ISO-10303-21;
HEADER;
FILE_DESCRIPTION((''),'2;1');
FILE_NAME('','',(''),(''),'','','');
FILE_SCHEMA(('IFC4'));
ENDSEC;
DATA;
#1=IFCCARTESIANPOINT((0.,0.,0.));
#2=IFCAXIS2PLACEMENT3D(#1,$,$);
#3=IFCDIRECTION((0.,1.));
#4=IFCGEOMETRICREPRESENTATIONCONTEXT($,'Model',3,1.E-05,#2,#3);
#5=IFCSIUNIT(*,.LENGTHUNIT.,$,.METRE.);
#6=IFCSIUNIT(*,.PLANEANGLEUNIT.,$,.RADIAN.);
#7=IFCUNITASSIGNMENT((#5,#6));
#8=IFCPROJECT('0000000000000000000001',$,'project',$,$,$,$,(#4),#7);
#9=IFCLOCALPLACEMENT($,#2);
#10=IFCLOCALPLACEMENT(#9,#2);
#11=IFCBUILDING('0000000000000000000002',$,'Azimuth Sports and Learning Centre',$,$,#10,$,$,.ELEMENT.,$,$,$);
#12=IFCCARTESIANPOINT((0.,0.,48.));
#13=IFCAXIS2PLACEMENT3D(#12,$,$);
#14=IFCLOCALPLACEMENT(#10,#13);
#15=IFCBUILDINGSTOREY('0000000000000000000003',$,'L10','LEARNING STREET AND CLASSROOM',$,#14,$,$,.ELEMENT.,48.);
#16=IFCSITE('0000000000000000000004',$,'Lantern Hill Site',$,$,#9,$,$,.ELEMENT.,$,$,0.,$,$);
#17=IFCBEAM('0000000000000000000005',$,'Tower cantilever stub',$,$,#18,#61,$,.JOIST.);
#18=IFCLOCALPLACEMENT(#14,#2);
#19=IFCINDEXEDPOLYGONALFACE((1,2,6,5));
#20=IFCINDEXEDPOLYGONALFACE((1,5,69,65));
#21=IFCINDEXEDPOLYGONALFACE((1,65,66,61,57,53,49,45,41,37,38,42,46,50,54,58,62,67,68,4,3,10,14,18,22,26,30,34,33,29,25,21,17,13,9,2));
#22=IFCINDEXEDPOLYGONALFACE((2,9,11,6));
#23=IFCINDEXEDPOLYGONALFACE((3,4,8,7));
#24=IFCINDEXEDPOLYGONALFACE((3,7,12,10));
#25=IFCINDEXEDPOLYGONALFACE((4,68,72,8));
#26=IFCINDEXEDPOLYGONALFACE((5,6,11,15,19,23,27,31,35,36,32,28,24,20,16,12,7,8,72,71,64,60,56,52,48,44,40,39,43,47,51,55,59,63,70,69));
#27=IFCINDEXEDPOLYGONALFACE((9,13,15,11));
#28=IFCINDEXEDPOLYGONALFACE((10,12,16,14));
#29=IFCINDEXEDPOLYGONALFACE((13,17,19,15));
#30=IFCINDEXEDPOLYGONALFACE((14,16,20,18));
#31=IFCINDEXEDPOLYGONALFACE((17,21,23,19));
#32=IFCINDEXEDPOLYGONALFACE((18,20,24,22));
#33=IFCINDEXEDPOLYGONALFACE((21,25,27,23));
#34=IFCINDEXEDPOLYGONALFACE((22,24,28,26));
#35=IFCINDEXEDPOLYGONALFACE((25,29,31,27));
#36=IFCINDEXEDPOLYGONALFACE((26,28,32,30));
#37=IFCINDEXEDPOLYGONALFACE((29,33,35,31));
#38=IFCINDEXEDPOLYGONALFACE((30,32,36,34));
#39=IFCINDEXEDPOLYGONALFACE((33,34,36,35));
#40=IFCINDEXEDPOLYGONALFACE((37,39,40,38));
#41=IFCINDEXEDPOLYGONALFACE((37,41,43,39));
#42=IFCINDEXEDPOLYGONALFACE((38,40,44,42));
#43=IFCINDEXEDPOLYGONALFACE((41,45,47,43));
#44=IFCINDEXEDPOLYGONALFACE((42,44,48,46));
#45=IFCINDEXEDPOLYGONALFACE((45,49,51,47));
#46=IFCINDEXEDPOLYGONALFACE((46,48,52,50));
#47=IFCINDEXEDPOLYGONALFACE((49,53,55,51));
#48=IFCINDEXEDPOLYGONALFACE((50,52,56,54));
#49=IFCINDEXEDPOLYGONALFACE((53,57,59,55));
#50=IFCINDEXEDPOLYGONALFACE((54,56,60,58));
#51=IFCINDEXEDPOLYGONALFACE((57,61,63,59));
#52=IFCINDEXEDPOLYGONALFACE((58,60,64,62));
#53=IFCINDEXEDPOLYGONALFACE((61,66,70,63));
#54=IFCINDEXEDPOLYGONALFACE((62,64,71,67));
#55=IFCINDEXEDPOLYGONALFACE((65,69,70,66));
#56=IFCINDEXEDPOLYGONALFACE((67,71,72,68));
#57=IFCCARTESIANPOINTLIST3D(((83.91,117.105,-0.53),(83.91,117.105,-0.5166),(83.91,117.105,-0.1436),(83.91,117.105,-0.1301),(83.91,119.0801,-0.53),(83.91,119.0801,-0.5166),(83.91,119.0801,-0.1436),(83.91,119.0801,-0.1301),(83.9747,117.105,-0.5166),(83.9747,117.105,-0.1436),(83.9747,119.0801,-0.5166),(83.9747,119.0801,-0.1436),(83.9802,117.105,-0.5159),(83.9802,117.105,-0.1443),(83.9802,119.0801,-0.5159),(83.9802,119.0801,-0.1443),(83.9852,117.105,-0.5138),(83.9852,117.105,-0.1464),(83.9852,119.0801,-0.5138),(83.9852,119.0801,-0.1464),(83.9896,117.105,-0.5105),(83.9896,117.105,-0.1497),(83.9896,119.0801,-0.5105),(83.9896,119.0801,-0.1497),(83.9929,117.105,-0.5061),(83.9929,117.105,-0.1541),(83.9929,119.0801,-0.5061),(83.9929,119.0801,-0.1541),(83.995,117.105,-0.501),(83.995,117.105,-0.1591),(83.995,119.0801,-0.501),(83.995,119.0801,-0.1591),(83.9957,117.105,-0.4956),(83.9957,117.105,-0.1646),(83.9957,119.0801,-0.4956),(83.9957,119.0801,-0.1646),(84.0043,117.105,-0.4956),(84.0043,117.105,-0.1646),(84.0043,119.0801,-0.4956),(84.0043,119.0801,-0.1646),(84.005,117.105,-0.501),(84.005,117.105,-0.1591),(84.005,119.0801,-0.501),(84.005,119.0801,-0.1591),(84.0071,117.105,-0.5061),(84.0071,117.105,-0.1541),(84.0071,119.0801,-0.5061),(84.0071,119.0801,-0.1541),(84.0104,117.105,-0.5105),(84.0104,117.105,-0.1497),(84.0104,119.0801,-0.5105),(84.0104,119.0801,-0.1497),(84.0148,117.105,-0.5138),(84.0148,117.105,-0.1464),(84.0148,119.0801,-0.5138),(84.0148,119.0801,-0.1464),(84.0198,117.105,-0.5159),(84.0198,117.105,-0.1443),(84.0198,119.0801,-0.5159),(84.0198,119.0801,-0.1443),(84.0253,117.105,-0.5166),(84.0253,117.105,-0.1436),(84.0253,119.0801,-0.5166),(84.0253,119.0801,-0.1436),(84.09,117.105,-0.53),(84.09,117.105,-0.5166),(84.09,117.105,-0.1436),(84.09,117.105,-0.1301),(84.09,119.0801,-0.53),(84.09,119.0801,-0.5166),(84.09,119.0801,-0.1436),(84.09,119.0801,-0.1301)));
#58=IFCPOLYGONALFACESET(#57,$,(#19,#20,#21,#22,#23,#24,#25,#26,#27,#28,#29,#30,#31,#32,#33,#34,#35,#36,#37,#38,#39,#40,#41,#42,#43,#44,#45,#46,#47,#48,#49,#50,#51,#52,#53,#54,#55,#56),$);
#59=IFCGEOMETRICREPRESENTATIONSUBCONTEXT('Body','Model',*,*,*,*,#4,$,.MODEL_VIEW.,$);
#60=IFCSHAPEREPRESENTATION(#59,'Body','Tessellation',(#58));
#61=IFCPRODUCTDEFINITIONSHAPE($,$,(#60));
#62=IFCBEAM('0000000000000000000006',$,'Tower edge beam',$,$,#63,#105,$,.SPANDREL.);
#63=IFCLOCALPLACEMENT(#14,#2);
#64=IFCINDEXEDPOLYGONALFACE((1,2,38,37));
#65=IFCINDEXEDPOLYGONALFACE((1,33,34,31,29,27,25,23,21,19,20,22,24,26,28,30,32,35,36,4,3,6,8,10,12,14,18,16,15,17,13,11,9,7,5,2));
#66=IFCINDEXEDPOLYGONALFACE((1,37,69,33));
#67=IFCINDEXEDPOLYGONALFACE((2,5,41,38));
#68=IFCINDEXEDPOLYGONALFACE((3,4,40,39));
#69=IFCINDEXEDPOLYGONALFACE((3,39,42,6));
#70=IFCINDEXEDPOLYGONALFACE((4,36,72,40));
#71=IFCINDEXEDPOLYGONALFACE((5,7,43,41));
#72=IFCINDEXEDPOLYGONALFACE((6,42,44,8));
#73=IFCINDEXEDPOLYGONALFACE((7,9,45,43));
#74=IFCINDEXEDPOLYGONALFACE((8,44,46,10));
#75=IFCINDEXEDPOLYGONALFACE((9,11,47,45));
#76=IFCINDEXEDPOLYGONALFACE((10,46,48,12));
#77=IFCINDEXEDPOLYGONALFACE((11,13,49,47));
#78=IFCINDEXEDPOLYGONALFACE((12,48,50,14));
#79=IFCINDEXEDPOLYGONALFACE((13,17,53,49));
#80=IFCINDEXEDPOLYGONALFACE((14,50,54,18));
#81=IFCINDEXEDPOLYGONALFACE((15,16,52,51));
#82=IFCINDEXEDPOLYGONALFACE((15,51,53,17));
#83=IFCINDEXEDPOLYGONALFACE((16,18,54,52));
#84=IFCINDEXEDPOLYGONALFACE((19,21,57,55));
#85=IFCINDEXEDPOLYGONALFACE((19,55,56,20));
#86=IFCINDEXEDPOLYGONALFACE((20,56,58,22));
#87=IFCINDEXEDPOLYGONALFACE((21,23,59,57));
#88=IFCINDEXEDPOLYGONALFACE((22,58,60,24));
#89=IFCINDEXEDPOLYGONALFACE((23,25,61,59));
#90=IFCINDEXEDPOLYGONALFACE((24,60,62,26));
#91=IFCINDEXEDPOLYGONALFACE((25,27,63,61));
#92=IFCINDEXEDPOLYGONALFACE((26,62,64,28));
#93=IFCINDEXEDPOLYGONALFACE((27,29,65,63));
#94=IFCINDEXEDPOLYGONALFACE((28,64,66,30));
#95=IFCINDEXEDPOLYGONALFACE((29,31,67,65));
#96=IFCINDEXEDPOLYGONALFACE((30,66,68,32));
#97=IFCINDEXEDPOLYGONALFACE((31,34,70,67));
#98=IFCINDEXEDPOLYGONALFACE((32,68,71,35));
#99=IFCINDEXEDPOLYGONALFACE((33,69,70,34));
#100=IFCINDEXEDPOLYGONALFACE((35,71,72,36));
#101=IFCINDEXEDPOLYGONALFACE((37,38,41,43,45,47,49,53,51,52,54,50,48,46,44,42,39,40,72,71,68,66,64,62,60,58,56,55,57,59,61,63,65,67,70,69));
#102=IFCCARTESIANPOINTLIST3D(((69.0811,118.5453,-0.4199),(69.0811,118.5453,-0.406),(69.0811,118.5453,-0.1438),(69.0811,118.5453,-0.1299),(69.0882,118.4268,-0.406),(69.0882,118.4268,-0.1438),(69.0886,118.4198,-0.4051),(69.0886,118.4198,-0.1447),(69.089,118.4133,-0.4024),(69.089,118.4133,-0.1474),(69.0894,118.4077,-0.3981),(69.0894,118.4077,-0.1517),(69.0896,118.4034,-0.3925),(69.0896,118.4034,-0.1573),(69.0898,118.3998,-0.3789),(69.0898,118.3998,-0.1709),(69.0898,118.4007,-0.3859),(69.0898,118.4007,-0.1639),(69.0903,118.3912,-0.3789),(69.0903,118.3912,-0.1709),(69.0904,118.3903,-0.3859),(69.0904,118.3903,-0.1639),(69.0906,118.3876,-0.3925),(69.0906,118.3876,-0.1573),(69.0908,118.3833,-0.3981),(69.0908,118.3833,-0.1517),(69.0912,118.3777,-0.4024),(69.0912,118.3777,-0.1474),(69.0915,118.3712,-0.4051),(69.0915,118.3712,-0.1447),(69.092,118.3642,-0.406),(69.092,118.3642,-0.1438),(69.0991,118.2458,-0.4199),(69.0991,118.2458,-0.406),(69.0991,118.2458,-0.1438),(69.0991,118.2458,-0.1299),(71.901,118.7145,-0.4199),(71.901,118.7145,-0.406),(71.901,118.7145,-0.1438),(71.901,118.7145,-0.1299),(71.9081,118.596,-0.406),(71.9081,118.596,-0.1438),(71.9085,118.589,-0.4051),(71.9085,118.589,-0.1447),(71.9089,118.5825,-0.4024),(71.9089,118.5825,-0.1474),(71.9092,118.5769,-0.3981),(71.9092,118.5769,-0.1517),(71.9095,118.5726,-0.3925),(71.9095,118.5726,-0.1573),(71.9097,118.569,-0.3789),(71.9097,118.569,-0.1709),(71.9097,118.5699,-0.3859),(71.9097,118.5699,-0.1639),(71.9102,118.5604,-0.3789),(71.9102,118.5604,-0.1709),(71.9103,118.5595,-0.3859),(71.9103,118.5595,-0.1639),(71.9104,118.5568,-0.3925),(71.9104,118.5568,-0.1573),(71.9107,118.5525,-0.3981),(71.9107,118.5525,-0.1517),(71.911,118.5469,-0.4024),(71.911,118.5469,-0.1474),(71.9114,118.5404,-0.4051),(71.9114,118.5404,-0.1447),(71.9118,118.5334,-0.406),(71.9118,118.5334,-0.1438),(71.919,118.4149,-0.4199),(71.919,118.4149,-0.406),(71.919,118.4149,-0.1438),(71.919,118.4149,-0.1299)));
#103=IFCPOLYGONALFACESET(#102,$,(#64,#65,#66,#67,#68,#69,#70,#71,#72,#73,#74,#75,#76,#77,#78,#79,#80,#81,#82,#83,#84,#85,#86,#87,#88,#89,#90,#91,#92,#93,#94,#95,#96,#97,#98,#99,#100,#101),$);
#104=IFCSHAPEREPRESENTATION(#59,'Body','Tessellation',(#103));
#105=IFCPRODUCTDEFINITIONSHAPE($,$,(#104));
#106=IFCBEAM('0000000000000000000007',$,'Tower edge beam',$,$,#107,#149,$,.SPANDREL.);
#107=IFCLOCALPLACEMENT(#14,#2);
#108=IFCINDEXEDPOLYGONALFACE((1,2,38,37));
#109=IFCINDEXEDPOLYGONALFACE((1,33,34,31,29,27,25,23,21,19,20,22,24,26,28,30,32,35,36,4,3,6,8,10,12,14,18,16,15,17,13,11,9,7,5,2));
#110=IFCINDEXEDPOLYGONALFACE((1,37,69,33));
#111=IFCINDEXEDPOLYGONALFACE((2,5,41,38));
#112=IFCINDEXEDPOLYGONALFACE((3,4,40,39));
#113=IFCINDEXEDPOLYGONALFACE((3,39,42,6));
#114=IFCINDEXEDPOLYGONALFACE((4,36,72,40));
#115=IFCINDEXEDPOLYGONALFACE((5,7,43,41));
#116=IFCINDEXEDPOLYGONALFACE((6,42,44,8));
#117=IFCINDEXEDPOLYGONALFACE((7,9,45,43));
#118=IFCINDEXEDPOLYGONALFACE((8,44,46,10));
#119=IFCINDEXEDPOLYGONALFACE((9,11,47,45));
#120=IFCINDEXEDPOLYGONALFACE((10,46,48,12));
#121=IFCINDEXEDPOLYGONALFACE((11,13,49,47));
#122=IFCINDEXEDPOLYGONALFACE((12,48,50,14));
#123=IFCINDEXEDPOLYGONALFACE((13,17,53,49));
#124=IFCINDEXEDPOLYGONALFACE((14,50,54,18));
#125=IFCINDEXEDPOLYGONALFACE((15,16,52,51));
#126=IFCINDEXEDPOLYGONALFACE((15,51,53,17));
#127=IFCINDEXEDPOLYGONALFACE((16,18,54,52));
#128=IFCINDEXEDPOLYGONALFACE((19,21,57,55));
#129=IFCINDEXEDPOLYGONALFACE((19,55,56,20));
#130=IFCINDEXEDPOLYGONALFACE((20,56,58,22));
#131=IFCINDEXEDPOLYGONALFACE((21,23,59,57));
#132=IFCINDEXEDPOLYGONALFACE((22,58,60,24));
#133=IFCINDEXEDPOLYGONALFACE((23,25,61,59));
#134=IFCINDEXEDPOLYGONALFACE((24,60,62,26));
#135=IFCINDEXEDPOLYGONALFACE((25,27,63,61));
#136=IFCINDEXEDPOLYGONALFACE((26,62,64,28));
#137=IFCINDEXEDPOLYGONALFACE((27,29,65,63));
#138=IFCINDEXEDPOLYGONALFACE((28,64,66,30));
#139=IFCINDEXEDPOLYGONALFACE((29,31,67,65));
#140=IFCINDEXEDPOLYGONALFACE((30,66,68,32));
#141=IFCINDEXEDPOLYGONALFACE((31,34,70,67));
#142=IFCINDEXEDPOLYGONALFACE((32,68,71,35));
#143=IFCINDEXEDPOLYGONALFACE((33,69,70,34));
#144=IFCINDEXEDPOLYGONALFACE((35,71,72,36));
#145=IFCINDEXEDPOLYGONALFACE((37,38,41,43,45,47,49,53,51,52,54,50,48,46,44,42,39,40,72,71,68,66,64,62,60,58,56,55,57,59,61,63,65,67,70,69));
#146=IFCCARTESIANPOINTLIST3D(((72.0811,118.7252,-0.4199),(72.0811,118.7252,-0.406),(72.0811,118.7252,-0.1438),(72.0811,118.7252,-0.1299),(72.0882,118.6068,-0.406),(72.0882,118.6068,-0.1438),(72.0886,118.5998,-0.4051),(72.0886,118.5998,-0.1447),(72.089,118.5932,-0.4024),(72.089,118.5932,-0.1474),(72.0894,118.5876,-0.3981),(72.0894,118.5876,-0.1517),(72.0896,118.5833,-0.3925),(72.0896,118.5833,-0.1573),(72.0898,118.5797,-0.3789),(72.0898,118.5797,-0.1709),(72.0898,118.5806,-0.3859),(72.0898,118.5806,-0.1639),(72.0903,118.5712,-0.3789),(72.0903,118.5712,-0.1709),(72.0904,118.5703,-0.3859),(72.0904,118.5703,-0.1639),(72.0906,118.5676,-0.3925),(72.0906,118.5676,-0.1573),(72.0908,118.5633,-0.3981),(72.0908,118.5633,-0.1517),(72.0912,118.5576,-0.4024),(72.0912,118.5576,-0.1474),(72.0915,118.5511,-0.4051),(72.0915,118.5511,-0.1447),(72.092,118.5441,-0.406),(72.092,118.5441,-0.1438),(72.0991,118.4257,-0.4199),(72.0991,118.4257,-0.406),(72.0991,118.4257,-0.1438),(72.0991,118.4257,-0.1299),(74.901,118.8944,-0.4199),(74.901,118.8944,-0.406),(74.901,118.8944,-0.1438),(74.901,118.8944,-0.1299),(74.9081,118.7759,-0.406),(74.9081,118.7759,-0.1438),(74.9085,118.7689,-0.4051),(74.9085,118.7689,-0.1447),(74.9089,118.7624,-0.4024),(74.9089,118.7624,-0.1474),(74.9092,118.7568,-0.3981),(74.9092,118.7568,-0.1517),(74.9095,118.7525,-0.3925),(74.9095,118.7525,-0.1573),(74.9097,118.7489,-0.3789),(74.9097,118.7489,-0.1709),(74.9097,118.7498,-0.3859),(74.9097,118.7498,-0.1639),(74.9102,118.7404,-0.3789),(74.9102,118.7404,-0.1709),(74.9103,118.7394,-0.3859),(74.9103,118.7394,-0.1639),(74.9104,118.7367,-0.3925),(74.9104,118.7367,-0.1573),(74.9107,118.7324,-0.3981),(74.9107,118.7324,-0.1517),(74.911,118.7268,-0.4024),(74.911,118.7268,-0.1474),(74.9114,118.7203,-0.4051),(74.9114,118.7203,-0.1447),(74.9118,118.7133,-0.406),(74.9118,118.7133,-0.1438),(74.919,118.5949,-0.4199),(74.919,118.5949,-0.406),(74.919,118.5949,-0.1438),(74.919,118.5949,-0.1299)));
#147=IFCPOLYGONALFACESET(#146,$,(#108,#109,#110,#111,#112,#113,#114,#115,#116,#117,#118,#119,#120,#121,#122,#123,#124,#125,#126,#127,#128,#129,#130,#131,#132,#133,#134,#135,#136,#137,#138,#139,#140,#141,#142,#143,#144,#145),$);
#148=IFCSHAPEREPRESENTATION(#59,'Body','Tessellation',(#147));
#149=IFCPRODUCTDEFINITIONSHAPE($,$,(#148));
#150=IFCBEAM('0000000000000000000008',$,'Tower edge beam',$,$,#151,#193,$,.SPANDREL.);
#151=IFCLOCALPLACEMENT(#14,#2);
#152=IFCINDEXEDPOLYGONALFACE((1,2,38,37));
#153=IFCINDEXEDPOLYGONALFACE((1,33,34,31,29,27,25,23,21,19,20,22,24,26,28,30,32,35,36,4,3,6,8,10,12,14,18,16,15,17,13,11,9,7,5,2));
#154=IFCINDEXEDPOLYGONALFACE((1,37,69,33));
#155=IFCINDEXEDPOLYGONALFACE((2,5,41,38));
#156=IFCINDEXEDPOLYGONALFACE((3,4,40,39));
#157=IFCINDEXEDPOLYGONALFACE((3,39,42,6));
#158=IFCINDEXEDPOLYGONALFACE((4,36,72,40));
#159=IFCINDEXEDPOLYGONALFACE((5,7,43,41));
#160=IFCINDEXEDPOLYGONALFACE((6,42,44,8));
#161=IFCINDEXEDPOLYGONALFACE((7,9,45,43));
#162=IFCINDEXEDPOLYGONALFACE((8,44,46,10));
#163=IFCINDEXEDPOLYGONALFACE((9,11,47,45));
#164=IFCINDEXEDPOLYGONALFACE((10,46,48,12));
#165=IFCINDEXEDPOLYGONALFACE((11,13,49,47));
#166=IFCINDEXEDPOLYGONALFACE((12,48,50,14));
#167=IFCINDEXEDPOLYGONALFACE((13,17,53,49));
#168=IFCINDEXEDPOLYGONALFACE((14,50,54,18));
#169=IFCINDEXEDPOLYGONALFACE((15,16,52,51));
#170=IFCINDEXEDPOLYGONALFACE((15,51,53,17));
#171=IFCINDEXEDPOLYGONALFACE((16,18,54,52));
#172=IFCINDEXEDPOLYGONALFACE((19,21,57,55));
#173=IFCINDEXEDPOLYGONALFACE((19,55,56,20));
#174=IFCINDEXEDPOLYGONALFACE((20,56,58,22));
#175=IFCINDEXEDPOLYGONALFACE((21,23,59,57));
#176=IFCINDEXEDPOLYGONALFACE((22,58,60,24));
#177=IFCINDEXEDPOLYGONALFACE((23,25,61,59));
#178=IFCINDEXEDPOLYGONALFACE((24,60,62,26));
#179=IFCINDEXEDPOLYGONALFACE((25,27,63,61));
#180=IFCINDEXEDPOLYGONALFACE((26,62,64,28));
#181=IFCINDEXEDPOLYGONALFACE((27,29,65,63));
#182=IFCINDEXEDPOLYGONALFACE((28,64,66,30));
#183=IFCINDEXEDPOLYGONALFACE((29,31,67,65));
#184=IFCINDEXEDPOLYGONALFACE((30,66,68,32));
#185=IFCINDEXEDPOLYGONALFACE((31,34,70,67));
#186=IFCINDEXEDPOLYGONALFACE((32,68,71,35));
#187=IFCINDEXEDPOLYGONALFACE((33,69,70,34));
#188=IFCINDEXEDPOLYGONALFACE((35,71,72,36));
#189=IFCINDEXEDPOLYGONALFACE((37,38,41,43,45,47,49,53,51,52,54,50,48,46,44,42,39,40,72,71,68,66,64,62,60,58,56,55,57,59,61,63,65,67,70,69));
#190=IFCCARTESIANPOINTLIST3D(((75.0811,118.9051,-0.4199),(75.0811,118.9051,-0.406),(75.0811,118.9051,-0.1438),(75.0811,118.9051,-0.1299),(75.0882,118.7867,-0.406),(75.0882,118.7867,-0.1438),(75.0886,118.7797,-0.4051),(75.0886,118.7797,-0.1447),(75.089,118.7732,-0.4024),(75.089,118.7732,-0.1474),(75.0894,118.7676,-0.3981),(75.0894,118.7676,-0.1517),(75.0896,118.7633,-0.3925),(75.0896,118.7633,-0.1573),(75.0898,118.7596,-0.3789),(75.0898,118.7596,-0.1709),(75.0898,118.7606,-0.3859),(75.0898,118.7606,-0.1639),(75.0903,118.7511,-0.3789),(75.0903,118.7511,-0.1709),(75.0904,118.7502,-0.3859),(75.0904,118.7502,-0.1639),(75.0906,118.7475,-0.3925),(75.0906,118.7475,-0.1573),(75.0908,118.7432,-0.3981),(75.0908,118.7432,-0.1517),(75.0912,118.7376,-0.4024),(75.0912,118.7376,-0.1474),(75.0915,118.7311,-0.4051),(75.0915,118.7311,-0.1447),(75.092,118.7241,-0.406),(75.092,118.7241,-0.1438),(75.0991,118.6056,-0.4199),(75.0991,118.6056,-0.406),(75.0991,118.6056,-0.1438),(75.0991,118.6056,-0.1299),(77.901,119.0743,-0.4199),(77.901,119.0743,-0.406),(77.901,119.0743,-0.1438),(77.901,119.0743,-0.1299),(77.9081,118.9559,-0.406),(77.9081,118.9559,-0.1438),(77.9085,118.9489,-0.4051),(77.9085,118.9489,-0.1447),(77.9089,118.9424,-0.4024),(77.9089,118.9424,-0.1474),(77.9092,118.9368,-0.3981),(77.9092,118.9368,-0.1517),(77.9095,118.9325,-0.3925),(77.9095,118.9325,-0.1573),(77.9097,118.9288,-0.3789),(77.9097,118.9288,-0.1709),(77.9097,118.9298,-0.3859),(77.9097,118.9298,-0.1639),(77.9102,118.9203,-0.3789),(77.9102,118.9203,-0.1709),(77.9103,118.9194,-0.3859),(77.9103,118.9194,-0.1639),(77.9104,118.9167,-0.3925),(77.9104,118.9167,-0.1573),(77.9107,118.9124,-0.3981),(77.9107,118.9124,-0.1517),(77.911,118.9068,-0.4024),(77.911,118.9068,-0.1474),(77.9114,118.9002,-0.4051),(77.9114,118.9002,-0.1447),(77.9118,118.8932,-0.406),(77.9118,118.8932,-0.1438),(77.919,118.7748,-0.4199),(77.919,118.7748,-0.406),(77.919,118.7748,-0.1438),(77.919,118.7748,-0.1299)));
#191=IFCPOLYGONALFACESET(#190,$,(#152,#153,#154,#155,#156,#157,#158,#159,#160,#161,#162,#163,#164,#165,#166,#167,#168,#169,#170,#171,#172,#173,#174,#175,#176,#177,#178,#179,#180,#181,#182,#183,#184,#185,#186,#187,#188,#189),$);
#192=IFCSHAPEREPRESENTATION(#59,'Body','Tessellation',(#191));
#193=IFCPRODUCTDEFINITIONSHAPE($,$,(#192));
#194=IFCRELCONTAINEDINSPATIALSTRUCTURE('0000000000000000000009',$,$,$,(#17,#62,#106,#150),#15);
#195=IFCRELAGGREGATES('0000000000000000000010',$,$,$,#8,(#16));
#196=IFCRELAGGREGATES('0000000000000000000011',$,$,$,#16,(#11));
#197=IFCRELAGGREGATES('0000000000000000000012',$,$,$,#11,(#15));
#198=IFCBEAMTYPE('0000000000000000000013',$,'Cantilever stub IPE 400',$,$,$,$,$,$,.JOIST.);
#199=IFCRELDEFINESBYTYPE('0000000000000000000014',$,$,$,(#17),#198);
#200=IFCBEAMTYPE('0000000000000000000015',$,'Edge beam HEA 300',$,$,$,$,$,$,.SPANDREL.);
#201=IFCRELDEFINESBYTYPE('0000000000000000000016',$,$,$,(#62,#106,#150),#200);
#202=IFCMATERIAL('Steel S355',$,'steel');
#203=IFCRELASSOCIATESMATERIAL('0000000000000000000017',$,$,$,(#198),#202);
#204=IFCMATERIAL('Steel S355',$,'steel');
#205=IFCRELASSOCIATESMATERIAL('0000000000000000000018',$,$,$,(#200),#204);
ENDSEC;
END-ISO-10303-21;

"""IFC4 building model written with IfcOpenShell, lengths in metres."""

from ifc_helpers import new_model, si_unit, direction, frame, origin, origin_2d, place, context, subcontext, project, spatial, i_section, extrude, material, material_profile, profile_set, type_object, element, save


model = new_model("IFC4")

# Units and contexts
model_context = context("Model", 3, precision=1e-05, world=origin(), true_north=direction((0.0, 1.0)))
body_context = subcontext(model_context, "Body", "Model", "MODEL_VIEW")
ifc_project = project(units=[si_unit("LENGTHUNIT", "METRE"), si_unit("PLANEANGLEUNIT", "RADIAN")], contexts=[model_context])

# Site, building, storey
site_placement = place(None, origin())
site = spatial("IfcSite", under=ifc_project, at=site_placement, Name="Lantern Hill Site", CompositionType="ELEMENT", RefElevation=0.0)
building_placement = place(site_placement, origin())
building = spatial("IfcBuilding", under=site, at=building_placement, Name="Azimuth Sports and Learning Centre", CompositionType="ELEMENT")
storey_placement = place(building_placement, frame((0.0, 0.0, 48.0)))
storey = spatial("IfcBuildingStorey", under=building, at=storey_placement, Name="L10", Description="LEARNING STREET AND CLASSROOM", CompositionType="ELEMENT", Elevation=48.0)

# Beams
ifc_material_1 = material(Name="Steel S355", Category="steel")
ifc_material_profile_1 = material_profile(ifc_material_1, i_section(OverallWidth=0.1799, OverallDepth=0.3999, WebThickness=0.0085, FlangeThickness=0.0134, FilletRadius=0.021, at=origin_2d()), Name="IPE 400")
ifc_profile_set_1 = profile_set([ifc_material_profile_1], Name="Steel S355")
beam_type_1 = type_object("IfcBeamType", Name="Cantilever stub IPE 400", PredefinedType="JOIST", material=ifc_profile_set_1)
beam_1_placement = place(storey_placement, frame((84.0, 117.105, -0.3301), z_axis=(0.0, 1.0, 0.0), x_axis=(-1.0, 0.0, 0.0)))
element("IfcBeam", 1, at=beam_1_placement, inside=storey, type_object=beam_type_1, Name="Tower cantilever stub", PredefinedType="JOIST", context=body_context, shape_type="SweptSolid", body=[
    extrude(i_section(OverallWidth=0.1799, OverallDepth=0.3999, WebThickness=0.0085, FlangeThickness=0.0134, FilletRadius=0.021, at=origin_2d()), origin(), (0.0, 0.0, 1.0), 1.9751),
])
ifc_material_2 = material(Name="Steel S355", Category="steel")
ifc_material_profile_2 = material_profile(ifc_material_2, i_section(OverallWidth=0.3, OverallDepth=0.29, WebThickness=0.0085, FlangeThickness=0.0139, FilletRadius=0.0271, at=origin_2d()), Name="HEA 300")
ifc_profile_set_2 = profile_set([ifc_material_profile_2], Name="Steel S355")
beam_type_2 = type_object("IfcBeamType", Name="Edge beam HEA 300", PredefinedType="SPANDREL", material=ifc_profile_set_2)
for number, where, z_axis, x_axis, name in (
    (2, (69.0901, 118.3955, -0.2749), (0.998205, 0.059892, 0.0), (-0.059892, 0.998205, 0.0), "Tower edge beam"),
    (3, (72.0901, 118.5754, -0.2749), (0.998205, 0.059892, 0.0), (-0.059892, 0.998205, 0.0), "Tower edge beam"),
    (4, (75.0901, 118.7554, -0.2749), (0.998205, 0.059892, 0.0), (-0.059892, 0.998205, 0.0), "Tower edge beam"),
):
    element("IfcBeam", number, at=place(storey_placement, frame(where, z_axis=z_axis, x_axis=x_axis)), inside=storey, type_object=beam_type_2, Name=name, PredefinedType="SPANDREL", context=body_context, shape_type="SweptSolid", body=[
        extrude(i_section(OverallWidth=0.3, OverallDepth=0.29, WebThickness=0.0085, FlangeThickness=0.0139, FilletRadius=0.0271, at=origin_2d()), origin(), (0.0, 0.0, 1.0), 2.825),
    ])

save(model, "model.ifc")
